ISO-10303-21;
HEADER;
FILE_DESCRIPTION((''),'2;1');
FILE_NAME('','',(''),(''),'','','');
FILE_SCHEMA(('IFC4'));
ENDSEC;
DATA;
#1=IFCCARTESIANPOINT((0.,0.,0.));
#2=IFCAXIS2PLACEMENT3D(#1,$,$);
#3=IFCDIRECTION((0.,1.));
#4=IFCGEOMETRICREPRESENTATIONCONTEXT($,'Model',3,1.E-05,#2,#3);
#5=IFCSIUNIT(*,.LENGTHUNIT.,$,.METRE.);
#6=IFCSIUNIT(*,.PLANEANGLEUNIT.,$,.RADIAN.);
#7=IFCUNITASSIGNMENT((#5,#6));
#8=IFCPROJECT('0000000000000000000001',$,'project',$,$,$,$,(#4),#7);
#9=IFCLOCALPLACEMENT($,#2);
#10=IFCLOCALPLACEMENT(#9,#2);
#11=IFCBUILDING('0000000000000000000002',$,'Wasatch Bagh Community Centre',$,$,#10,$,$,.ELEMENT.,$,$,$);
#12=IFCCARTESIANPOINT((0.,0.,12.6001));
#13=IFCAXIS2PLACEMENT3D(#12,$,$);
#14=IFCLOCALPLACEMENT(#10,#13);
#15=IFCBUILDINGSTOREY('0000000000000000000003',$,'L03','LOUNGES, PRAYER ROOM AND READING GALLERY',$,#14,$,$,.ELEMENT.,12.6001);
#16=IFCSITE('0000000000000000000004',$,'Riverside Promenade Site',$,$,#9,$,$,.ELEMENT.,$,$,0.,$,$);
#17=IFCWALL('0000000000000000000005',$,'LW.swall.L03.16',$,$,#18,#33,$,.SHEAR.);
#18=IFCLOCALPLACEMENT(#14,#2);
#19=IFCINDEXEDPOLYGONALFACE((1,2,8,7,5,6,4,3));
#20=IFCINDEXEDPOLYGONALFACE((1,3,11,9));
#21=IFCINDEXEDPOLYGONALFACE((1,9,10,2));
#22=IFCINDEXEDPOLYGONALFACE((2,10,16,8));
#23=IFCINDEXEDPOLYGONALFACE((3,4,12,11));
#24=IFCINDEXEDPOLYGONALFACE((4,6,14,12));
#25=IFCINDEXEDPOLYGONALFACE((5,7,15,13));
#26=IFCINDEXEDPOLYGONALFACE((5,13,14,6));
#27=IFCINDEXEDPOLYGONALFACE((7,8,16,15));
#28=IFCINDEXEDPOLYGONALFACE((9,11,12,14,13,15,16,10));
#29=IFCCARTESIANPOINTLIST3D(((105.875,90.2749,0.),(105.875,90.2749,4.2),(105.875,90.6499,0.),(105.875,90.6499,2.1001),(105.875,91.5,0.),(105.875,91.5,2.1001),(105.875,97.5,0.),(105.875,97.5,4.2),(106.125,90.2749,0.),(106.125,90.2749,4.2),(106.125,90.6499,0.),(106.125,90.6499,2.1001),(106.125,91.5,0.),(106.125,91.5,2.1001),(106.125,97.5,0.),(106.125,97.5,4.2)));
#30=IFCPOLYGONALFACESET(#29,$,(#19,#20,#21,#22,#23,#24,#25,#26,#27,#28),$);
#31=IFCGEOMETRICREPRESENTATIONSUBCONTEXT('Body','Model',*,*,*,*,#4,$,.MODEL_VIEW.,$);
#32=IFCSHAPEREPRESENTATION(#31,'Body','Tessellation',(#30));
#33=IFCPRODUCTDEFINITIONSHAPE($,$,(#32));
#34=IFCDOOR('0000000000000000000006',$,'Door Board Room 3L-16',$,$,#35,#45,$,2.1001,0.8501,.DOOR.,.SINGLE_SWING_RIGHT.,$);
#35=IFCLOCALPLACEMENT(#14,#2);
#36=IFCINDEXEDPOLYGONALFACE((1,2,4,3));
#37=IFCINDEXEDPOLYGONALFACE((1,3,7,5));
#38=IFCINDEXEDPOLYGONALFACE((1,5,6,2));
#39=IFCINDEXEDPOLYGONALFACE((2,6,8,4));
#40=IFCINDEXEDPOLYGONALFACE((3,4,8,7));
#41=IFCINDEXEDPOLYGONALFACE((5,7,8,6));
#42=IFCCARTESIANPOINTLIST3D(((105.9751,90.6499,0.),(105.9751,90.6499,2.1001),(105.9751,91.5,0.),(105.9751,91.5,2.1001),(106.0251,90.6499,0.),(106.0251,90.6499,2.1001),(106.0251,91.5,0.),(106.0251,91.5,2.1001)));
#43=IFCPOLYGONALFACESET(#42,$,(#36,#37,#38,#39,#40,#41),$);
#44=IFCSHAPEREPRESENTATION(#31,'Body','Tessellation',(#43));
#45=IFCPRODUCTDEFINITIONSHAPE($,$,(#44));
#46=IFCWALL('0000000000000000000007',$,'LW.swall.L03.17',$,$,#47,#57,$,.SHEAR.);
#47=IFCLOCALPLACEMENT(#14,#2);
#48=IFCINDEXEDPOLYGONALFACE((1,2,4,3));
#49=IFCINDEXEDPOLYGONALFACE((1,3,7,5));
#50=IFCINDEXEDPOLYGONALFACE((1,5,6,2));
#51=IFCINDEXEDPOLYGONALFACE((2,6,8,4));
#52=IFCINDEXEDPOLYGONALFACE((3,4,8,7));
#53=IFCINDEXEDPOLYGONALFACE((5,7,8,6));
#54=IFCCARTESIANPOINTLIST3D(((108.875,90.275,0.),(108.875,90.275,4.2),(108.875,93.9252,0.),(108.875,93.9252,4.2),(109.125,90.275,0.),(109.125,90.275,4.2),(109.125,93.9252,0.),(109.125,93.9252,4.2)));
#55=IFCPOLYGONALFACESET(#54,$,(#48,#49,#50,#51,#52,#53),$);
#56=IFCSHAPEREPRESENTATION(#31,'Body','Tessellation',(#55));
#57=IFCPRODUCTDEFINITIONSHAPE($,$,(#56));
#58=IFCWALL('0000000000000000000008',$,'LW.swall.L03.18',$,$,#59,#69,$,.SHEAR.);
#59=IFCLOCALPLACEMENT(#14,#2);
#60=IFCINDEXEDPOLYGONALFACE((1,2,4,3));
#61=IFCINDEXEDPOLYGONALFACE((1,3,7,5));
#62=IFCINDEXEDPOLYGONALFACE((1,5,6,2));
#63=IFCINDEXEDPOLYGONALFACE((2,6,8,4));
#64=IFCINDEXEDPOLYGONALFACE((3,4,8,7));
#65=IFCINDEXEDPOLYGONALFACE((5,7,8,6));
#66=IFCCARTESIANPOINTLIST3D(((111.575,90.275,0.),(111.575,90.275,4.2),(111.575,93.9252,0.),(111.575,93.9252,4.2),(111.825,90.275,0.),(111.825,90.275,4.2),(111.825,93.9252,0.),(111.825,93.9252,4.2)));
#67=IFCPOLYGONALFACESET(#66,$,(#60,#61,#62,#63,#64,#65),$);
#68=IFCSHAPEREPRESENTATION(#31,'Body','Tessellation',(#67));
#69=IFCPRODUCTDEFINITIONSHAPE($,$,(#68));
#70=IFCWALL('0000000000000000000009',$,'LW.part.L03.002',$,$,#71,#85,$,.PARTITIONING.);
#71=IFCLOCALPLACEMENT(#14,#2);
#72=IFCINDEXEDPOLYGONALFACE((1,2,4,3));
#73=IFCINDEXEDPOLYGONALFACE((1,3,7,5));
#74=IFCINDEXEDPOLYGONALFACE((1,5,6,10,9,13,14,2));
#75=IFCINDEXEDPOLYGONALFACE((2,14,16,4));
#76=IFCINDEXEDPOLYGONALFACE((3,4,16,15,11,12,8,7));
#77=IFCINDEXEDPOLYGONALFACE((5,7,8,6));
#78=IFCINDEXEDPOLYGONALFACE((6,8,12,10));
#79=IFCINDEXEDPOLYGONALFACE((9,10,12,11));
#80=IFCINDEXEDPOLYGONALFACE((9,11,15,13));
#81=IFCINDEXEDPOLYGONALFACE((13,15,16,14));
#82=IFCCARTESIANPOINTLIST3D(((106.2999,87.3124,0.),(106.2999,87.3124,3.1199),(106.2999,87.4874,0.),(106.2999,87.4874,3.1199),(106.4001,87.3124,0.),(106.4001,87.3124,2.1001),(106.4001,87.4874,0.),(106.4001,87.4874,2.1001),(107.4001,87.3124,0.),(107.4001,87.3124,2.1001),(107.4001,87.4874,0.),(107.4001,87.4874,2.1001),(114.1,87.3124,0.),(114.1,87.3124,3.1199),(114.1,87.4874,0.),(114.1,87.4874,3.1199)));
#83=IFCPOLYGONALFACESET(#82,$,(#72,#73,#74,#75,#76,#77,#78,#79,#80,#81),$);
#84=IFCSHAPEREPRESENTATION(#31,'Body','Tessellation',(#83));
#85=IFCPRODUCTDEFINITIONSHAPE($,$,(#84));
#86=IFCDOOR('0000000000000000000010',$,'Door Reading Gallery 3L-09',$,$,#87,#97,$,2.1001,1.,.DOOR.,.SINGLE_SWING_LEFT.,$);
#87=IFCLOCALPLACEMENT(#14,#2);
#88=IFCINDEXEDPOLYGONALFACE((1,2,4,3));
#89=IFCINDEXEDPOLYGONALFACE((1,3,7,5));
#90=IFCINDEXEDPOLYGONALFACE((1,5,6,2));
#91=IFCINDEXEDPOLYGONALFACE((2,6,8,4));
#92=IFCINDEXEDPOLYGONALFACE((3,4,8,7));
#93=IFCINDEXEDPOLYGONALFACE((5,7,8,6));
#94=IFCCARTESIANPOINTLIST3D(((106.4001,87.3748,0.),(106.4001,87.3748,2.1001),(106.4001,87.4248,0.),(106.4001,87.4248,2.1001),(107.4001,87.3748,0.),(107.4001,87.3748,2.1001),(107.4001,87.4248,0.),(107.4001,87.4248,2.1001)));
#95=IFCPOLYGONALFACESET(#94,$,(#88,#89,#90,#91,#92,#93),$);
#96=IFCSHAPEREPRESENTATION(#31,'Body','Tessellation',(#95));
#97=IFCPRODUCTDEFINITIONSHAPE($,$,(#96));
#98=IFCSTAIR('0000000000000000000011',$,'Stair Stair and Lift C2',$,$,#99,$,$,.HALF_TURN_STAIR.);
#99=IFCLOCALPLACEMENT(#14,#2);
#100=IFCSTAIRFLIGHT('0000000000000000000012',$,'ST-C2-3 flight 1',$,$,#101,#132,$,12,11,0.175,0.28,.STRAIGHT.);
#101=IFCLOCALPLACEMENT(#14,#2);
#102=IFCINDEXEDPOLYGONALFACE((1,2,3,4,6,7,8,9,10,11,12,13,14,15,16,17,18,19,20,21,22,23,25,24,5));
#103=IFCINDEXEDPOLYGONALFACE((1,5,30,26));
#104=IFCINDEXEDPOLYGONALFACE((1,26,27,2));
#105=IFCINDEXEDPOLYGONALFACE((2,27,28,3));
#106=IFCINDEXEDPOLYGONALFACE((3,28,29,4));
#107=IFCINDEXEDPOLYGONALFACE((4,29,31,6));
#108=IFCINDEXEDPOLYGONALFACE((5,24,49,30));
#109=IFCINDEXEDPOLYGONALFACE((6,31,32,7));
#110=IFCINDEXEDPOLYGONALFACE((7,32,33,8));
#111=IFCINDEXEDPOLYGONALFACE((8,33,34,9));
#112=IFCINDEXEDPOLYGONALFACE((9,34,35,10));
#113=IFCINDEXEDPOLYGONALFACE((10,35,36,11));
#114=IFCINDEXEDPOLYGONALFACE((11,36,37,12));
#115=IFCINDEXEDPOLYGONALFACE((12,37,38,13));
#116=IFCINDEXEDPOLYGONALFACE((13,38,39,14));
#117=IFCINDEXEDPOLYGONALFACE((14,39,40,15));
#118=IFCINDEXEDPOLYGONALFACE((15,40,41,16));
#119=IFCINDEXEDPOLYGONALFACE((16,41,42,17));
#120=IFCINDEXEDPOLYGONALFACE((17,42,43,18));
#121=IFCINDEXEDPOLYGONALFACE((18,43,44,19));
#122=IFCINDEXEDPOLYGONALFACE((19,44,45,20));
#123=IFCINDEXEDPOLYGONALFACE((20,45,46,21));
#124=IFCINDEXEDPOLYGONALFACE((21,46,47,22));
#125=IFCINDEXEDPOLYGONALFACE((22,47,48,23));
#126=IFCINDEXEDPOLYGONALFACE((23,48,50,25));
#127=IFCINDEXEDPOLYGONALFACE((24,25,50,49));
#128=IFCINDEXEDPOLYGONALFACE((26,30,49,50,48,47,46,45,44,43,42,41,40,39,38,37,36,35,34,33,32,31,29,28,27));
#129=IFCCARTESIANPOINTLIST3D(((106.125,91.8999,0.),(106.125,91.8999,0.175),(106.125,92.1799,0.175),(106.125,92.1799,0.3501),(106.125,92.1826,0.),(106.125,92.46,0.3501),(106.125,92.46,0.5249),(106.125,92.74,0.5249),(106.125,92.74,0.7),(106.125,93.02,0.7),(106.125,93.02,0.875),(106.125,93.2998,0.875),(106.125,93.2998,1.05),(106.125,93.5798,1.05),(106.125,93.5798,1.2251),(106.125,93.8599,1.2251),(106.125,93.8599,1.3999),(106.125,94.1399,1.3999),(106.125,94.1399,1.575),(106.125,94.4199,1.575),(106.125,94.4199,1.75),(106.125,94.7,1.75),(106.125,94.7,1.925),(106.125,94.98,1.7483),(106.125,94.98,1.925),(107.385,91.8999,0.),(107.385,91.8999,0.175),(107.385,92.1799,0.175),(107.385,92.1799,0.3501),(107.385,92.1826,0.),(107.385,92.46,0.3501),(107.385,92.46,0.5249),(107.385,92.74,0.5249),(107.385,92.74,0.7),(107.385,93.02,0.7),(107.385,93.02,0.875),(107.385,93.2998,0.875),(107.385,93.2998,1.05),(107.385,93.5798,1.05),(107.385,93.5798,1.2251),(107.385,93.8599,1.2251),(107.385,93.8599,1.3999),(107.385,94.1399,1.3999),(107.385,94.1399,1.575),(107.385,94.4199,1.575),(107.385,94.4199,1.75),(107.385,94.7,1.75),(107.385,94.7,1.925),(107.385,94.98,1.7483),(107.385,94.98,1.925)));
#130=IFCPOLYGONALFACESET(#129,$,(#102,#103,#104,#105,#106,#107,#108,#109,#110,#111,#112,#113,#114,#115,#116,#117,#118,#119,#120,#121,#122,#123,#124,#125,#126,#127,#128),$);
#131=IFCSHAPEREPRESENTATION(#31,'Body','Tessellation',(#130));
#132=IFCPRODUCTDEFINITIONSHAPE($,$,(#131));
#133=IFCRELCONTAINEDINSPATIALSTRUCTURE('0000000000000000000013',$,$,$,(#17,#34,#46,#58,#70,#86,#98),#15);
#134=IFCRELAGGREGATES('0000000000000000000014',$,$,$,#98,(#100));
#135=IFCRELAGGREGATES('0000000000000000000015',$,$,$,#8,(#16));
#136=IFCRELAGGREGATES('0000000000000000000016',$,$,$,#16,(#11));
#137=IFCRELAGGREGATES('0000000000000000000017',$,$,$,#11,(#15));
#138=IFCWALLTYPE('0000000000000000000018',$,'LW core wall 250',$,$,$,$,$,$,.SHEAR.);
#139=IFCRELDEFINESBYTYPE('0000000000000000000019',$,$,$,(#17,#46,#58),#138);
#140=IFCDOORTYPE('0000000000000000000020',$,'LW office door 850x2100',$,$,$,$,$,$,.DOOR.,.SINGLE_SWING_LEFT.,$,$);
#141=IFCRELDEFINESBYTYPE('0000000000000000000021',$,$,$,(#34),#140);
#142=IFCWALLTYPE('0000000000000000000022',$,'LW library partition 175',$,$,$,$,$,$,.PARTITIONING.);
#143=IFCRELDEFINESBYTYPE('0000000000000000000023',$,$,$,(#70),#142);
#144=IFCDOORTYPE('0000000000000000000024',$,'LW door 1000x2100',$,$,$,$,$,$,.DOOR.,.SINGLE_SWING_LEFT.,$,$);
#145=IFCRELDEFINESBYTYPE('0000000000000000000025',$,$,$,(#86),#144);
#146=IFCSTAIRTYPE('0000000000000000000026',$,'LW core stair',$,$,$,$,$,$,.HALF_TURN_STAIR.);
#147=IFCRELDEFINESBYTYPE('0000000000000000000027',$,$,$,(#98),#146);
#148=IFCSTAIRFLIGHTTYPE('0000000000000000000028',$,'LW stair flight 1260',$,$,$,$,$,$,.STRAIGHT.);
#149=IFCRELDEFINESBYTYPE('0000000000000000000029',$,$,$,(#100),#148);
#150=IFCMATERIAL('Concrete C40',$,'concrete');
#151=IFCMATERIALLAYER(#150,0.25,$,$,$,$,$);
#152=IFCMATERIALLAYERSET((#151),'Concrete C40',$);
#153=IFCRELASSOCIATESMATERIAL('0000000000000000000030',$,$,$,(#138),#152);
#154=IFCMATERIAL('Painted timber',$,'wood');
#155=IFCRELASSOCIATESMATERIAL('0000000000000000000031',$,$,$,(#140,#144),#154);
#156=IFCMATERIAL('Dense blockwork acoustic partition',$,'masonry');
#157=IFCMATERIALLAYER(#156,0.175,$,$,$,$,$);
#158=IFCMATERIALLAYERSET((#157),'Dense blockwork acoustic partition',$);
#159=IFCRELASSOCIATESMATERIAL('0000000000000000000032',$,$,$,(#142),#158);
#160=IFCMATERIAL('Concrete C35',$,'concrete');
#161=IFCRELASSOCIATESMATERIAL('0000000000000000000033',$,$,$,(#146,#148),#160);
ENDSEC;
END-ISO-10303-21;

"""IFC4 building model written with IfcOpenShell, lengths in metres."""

from ifc_helpers import new_model, si_unit, direction, frame, frame_2d, origin, place, context, subcontext, project, spatial, polyline, rectangle, outline, extrude, material, layer, layer_set, type_object, element, fill, aggregate, save


model = new_model("IFC4")

# Units and contexts
model_context = context("Model", 3, precision=1e-05, world=origin(), true_north=direction((0.0, 1.0)))
body_context = subcontext(model_context, "Body", "Model", "MODEL_VIEW")
ifc_project = project(units=[si_unit("LENGTHUNIT", "METRE"), si_unit("PLANEANGLEUNIT", "RADIAN")], contexts=[model_context])

# Site, building, storey
site_placement = place(None, origin())
site = spatial("IfcSite", under=ifc_project, at=site_placement, Name="Riverside Promenade Site", CompositionType="ELEMENT", RefElevation=0.0)
building_placement = place(site_placement, origin())
building = spatial("IfcBuilding", under=site, at=building_placement, Name="Wasatch Bagh Community Centre", CompositionType="ELEMENT")
storey_placement = place(building_placement, frame((0.0, 0.0, 12.6001)))
storey = spatial("IfcBuildingStorey", under=building, at=storey_placement, Name="L03", Description="LOUNGES, PRAYER ROOM AND READING GALLERY", CompositionType="ELEMENT", Elevation=12.6001)

# Shared definitions
ifc_material_1 = material(Name="Concrete C40", Category="concrete")

# Shared definitions
ifc_material_2 = material(Name="Concrete C35", Category="concrete")

# Wall, opening, door
ifc_layer_1 = layer(ifc_material_1, 0.25)
ifc_layer_set_1 = layer_set([ifc_layer_1], Name="Concrete C40")
wall_type_1 = type_object("IfcWallType", Name="LW core wall 250", PredefinedType="SHEAR", material=ifc_layer_set_1)
ifc_material_3 = material(Name="Painted timber", Category="wood")
wall_1_placement = place(storey_placement, frame((106.0, 90.2749, 0.0), z_axis=(0.0, 0.0, 1.0), x_axis=(0.0, 1.0, 0.0)))
wall_1 = element("IfcWall", 1, at=wall_1_placement, inside=storey, type_object=wall_type_1, Name="LW.swall.L03.16", PredefinedType="SHEAR", context=body_context, shape_type="SweptSolid", body=[
    extrude(rectangle(XDim=7.2251, YDim=0.25, at=frame_2d((3.6125, 0.0))), origin(), (0.0, 0.0, 1.0), 4.2),
])
opening_1_placement = place(wall_1_placement, frame((0.375, 0.0, 0.0)))
opening_1 = element("IfcOpeningElement", 2, at=opening_1_placement, cuts=wall_1, PredefinedType="OPENING", context=body_context, shape_type="SweptSolid", body=[
    extrude(rectangle(XDim=0.8501, YDim=2.1001, at=frame_2d((0.425, 1.05))), frame((0.0, 0.135, 0.0), z_axis=(0.0, -1.0, 0.0), x_axis=(1.0, 0.0, 0.0)), (0.0, 0.0, 1.0), 0.27),
])
door_type_1 = type_object("IfcDoorType", Name="LW office door 850x2100", OperationType="SINGLE_SWING_LEFT", PredefinedType="DOOR", material=ifc_material_3)
door_1_placement = place(opening_1_placement, origin())
door_1 = element("IfcDoor", 3, at=door_1_placement, inside=storey, type_object=door_type_1, Name="Door Board Room 3L-16", OperationType="SINGLE_SWING_RIGHT", OverallHeight=2.1001, OverallWidth=0.8501, PredefinedType="DOOR", context=body_context, shape_type="SweptSolid", body=[
    extrude(rectangle(XDim=0.8501, YDim=2.1001, at=frame_2d((0.425, 1.05))), frame((0.0, 0.0249, 0.0), z_axis=(0.0, -1.0, 0.0), x_axis=(1.0, 0.0, 0.0)), (0.0, 0.0, 1.0), 0.05),
])
fill(opening_1, door_1)

# Walls
for number, where, z_axis, x_axis, name in (
    (4, (109.0, 90.2749, 0.0), (0.0, 0.0, 1.0), (0.0, 1.0, 0.0), "LW.swall.L03.17"),
    (5, (111.7, 90.2749, 0.0), (0.0, 0.0, 1.0), (0.0, 1.0, 0.0), "LW.swall.L03.18"),
):
    element("IfcWall", number, at=place(storey_placement, frame(where, z_axis=z_axis, x_axis=x_axis)), inside=storey, type_object=wall_type_1, Name=name, PredefinedType="SHEAR", context=body_context, shape_type="SweptSolid", body=[
        extrude(rectangle(XDim=3.6501, YDim=0.25, at=frame_2d((1.8252, 0.0))), origin(), (0.0, 0.0, 1.0), 4.2),
    ])

# Wall, opening, door
ifc_material_4 = material(Name="Dense blockwork acoustic partition", Category="masonry")
ifc_layer_2 = layer(ifc_material_4, 0.175)
ifc_layer_set_2 = layer_set([ifc_layer_2], Name="Dense blockwork acoustic partition")
wall_type_2 = type_object("IfcWallType", Name="LW library partition 175", PredefinedType="PARTITIONING", material=ifc_layer_set_2)
wall_2_placement = place(storey_placement, frame((106.3, 87.3999, 0.0), z_axis=(0.0, 0.0, 1.0), x_axis=(1.0, 0.0, 0.0)))
wall_2 = element("IfcWall", 6, at=wall_2_placement, inside=storey, type_object=wall_type_2, Name="LW.part.L03.002", PredefinedType="PARTITIONING", context=body_context, shape_type="SweptSolid", body=[
    extrude(rectangle(XDim=7.8, YDim=0.175, at=frame_2d((3.8999, 0.0))), origin(), (0.0, 0.0, 1.0), 3.1199),
])
opening_2_placement = place(wall_2_placement, frame((0.1001, 0.0, 0.0)))
opening_2 = element("IfcOpeningElement", 7, at=opening_2_placement, cuts=wall_2, PredefinedType="OPENING", context=body_context, shape_type="SweptSolid", body=[
    extrude(rectangle(XDim=1.0, YDim=2.1001, at=frame_2d((0.5, 1.05))), frame((0.0, 0.0974, 0.0), z_axis=(0.0, -1.0, 0.0), x_axis=(1.0, 0.0, 0.0)), (0.0, 0.0, 1.0), 0.1951),
])
door_type_2 = type_object("IfcDoorType", Name="LW door 1000x2100", OperationType="SINGLE_SWING_LEFT", PredefinedType="DOOR", material=ifc_material_3)
door_2_placement = place(opening_2_placement, origin())
door_2 = element("IfcDoor", 8, at=door_2_placement, inside=storey, type_object=door_type_2, Name="Door Reading Gallery 3L-09", OperationType="SINGLE_SWING_LEFT", OverallHeight=2.1001, OverallWidth=1.0, PredefinedType="DOOR", context=body_context, shape_type="SweptSolid", body=[
    extrude(rectangle(XDim=1.0, YDim=2.1001, at=frame_2d((0.5, 1.05))), frame((0.0, 0.0249, 0.0), z_axis=(0.0, -1.0, 0.0), x_axis=(1.0, 0.0, 0.0)), (0.0, 0.0, 1.0), 0.05),
])
fill(opening_2, door_2)

# Stair, stair flight
stair_type = type_object("IfcStairType", Name="LW core stair", PredefinedType="HALF_TURN_STAIR", material=ifc_material_2)
stair_placement = place(storey_placement, origin())
stair = element("IfcStair", 9, at=stair_placement, inside=storey, type_object=stair_type, Name="Stair Stair and Lift C2", PredefinedType="HALF_TURN_STAIR")
stair_flight_type = type_object("IfcStairFlightType", Name="LW stair flight 1260", PredefinedType="STRAIGHT", material=ifc_material_2)
stair_flight_placement = place(storey_placement, frame((106.7549, 91.8999, 0.0), z_axis=(0.0, 0.0, 1.0), x_axis=(0.0, 1.0, 0.0)))
stair_flight = element("IfcStairFlight", 10, at=stair_flight_placement, type_object=stair_flight_type, Name="ST-C2-3 flight 1", NumberOfRisers=12, NumberOfTreads=11, PredefinedType="STRAIGHT", RiserHeight=0.175, TreadLength=0.28, context=body_context, shape_type="SweptSolid", body=[
    extrude(outline(polyline([(0.0, 0.0), (0.0, 0.175), (0.28, 0.175), (0.28, 0.3501), (0.5601, 0.3501), (0.5601, 0.5249), (0.8401, 0.5249), (0.8401, 0.7), (1.1201, 0.7), (1.1201, 0.875), (1.3999, 0.875), (1.3999, 1.05), (1.6799, 1.05), (1.6799, 1.2251), (1.96, 1.2251), (1.96, 1.3999), (2.24, 1.3999), (2.24, 1.575), (2.52, 1.575), (2.52, 1.75), (2.8, 1.75), (2.8, 1.925), (3.0801, 1.925), (3.0801, 2.1001), (3.0801, 1.7483), (0.2827, 0.0), (0.0, 0.0)])), frame((0.0, 0.6299, 0.0), z_axis=(0.0, -1.0, 0.0), x_axis=(1.0, 0.0, 0.0)), (0.0, 0.0, 1.0), 1.26),
])
aggregate(stair, [stair_flight])

save(model, "model.ifc")
